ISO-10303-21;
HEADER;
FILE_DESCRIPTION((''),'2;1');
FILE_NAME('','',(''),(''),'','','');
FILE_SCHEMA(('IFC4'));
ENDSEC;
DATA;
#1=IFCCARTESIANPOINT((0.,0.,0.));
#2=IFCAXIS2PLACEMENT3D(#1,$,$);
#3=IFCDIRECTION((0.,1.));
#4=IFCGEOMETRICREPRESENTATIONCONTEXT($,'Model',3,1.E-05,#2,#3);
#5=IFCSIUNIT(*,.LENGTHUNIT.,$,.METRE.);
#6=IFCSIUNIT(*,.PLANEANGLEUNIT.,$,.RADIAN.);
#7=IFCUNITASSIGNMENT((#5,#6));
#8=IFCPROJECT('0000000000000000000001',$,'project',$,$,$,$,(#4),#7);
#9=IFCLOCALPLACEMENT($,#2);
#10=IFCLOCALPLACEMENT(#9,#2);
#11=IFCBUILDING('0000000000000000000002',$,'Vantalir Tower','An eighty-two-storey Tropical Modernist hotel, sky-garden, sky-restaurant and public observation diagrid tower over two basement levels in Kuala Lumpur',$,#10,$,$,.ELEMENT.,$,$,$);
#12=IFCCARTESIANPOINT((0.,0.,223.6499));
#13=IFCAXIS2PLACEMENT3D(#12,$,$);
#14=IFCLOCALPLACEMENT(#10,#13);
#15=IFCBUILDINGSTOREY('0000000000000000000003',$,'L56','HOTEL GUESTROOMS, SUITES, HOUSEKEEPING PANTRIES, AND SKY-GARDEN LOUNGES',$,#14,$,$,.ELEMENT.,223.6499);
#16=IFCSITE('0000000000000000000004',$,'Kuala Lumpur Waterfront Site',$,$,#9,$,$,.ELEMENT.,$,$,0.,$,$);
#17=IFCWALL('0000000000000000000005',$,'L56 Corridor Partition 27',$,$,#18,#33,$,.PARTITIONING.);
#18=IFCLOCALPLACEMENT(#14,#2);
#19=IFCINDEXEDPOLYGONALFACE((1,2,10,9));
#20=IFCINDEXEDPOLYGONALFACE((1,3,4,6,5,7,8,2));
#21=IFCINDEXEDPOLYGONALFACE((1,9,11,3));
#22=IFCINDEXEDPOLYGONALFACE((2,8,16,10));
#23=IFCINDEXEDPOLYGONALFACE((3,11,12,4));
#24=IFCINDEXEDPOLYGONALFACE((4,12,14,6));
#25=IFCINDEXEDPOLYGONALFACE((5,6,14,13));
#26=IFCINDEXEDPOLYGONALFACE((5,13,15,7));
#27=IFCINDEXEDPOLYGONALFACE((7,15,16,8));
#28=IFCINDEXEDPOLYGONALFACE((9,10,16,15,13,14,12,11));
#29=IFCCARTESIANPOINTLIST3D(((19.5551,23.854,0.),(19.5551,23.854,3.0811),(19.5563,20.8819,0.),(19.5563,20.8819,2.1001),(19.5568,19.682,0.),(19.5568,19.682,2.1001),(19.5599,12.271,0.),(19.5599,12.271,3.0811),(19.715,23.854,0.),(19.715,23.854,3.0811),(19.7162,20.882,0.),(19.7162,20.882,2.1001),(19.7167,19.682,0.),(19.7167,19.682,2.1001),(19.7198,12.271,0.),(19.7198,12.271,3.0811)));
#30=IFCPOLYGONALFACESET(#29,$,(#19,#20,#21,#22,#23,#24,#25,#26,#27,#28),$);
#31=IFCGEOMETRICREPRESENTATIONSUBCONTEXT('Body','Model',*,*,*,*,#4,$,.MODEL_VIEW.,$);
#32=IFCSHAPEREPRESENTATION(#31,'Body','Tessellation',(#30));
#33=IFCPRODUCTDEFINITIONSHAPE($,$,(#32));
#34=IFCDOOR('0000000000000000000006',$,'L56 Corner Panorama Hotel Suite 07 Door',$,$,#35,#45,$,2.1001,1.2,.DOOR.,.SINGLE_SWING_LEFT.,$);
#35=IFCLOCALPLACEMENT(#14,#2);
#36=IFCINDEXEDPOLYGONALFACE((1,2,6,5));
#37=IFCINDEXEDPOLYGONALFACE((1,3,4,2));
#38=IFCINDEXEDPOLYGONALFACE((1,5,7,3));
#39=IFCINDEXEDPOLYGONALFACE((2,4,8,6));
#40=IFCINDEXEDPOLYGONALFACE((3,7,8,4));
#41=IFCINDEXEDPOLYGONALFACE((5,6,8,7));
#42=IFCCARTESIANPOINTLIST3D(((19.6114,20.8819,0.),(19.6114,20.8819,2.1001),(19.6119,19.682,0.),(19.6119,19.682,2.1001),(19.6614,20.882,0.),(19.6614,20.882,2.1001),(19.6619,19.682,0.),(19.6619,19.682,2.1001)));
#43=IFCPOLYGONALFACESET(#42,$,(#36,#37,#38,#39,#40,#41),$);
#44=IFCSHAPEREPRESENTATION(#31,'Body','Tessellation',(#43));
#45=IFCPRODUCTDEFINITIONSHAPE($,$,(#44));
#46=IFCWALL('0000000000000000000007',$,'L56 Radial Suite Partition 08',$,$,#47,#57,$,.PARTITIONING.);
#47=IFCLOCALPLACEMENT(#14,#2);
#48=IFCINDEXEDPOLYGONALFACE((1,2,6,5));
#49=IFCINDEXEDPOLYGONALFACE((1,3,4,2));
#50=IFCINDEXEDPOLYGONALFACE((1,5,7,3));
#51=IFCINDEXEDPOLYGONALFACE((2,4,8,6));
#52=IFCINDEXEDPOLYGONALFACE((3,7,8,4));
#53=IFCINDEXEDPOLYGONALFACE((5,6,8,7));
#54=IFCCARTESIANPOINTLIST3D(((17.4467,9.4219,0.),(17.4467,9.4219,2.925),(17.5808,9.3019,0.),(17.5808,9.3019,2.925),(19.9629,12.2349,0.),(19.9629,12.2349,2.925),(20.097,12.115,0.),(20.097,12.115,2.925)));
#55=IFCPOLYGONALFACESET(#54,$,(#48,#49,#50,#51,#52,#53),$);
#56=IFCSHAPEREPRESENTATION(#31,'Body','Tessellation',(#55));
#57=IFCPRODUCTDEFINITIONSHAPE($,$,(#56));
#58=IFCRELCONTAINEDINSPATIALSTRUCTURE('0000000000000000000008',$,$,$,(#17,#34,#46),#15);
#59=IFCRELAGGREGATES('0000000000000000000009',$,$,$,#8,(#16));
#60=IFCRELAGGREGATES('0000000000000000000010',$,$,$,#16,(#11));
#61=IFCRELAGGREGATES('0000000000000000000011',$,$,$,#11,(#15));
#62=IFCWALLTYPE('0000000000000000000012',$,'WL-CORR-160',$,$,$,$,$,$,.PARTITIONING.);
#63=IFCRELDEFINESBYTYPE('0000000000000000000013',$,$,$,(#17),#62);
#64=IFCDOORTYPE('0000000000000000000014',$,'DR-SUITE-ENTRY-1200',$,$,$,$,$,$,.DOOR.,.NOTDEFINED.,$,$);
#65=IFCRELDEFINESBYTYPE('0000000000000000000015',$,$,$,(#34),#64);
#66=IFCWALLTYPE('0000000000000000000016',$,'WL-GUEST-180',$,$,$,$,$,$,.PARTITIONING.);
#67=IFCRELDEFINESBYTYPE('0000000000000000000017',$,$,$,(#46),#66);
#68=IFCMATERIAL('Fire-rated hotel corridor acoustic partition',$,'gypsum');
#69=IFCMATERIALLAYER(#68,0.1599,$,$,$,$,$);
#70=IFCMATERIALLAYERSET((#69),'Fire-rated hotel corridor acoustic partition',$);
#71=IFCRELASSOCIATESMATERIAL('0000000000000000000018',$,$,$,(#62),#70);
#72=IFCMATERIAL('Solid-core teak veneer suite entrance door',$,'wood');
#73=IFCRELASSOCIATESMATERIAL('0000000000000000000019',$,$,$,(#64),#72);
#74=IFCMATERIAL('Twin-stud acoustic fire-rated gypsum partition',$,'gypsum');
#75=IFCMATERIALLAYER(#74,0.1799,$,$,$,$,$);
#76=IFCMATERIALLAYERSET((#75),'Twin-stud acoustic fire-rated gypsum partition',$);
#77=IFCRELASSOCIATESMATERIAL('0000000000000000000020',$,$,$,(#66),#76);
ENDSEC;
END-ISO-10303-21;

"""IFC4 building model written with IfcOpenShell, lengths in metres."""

from ifc_helpers import new_model, si_unit, direction, frame, frame_2d, origin, place, context, subcontext, project, spatial, rectangle, extrude, material, layer, layer_set, type_object, element, fill, save


model = new_model("IFC4")

# Units and contexts
model_context = context("Model", 3, precision=1e-05, world=origin(), true_north=direction((0.0, 1.0)))
body_context = subcontext(model_context, "Body", "Model", "MODEL_VIEW")
ifc_project = project(units=[si_unit("LENGTHUNIT", "METRE"), si_unit("PLANEANGLEUNIT", "RADIAN")], contexts=[model_context])

# Site, building, storey
site_placement = place(None, origin())
site = spatial("IfcSite", under=ifc_project, at=site_placement, Name="Kuala Lumpur Waterfront Site", CompositionType="ELEMENT", RefElevation=0.0)
building_placement = place(site_placement, origin())
building = spatial("IfcBuilding", under=site, at=building_placement, Name="Vantalir Tower", Description="An eighty-two-storey Tropical Modernist hotel, sky-garden, sky-restaurant and public observation diagrid tower over two basement levels in Kuala Lumpur", CompositionType="ELEMENT")
storey_placement = place(building_placement, frame((0.0, 0.0, 223.6499)))
storey = spatial("IfcBuildingStorey", under=building, at=storey_placement, Name="L56", Description="HOTEL GUESTROOMS, SUITES, HOUSEKEEPING PANTRIES, AND SKY-GARDEN LOUNGES", CompositionType="ELEMENT", Elevation=223.6499)

# Shared definitions
ifc_material_1 = material(Name="Fire-rated hotel corridor acoustic partition", Category="gypsum")
ifc_layer_1 = layer(ifc_material_1, 0.1599)
ifc_layer_set_1 = layer_set([ifc_layer_1], Name="Fire-rated hotel corridor acoustic partition")
wall_type_1 = type_object("IfcWallType", Name="WL-CORR-160", PredefinedType="PARTITIONING", material=ifc_layer_set_1)

# Wall, opening, door
wall_1_placement = place(storey_placement, frame((19.6399, 12.271, 0.0), z_axis=(0.0, 0.0, 1.0), x_axis=(-0.000422, 1.0, 0.0)))
wall_1 = element("IfcWall", 1, at=wall_1_placement, inside=storey, type_object=wall_type_1, Name="L56 Corridor Partition 27", PredefinedType="PARTITIONING", context=body_context, shape_type="SweptSolid", body=[
    extrude(rectangle(XDim=11.583, YDim=0.1599, at=frame_2d((5.7915, 0.0))), origin(), (0.0, 0.0, 1.0), 3.0811),
])
opening_1_placement = place(wall_1_placement, frame((7.4109, 0.0, 0.0)))
opening_1 = element("IfcOpeningElement", 2, at=opening_1_placement, cuts=wall_1, PredefinedType="OPENING", context=body_context, shape_type="SweptSolid", body=[
    extrude(rectangle(XDim=1.2, YDim=2.1001, at=frame_2d((0.6001, 1.05))), frame((0.0, 0.0898, 0.0), z_axis=(0.0, -1.0, 0.0), x_axis=(1.0, 0.0, 0.0)), (0.0, 0.0, 1.0), 0.1799),
])
ifc_material_2 = material(Name="Solid-core teak veneer suite entrance door", Category="wood")
door_type_1 = type_object("IfcDoorType", Name="DR-SUITE-ENTRY-1200", OperationType="NOTDEFINED", PredefinedType="DOOR", material=ifc_material_2)
door_1_placement = place(opening_1_placement, origin())
door_1 = element("IfcDoor", 3, at=door_1_placement, inside=storey, type_object=door_type_1, Name="L56 Corner Panorama Hotel Suite 07 Door", OperationType="SINGLE_SWING_LEFT", OverallHeight=2.1001, OverallWidth=1.2, PredefinedType="DOOR", context=body_context, shape_type="SweptSolid", body=[
    extrude(rectangle(XDim=1.2, YDim=2.1001, at=frame_2d((0.6001, 1.05))), frame((0.0, 0.0249, 0.0), z_axis=(0.0, -1.0, 0.0), x_axis=(1.0, 0.0, 0.0)), (0.0, 0.0, 1.0), 0.05),
])
fill(opening_1, door_1)

# Wall
ifc_material_3 = material(Name="Twin-stud acoustic fire-rated gypsum partition", Category="gypsum")
ifc_layer_2 = layer(ifc_material_3, 0.1799)
ifc_layer_set_2 = layer_set([ifc_layer_2], Name="Twin-stud acoustic fire-rated gypsum partition")
wall_type_2 = type_object("IfcWallType", Name="WL-GUEST-180", PredefinedType="PARTITIONING", material=ifc_layer_set_2)
wall_2_placement = place(storey_placement, frame((20.03, 12.175, 0.0), z_axis=(0.0, 0.0, 1.0), x_axis=(-0.666681, -0.745343, 0.0)))
element("IfcWall", 4, at=wall_2_placement, inside=storey, type_object=wall_type_2, Name="L56 Radial Suite Partition 08", PredefinedType="PARTITIONING", context=body_context, shape_type="SweptSolid", body=[
    extrude(rectangle(XDim=3.7742, YDim=0.1799, at=frame_2d((1.8872, 0.0))), origin(), (0.0, 0.0, 1.0), 2.925),
])

save(model, "model.ifc")
